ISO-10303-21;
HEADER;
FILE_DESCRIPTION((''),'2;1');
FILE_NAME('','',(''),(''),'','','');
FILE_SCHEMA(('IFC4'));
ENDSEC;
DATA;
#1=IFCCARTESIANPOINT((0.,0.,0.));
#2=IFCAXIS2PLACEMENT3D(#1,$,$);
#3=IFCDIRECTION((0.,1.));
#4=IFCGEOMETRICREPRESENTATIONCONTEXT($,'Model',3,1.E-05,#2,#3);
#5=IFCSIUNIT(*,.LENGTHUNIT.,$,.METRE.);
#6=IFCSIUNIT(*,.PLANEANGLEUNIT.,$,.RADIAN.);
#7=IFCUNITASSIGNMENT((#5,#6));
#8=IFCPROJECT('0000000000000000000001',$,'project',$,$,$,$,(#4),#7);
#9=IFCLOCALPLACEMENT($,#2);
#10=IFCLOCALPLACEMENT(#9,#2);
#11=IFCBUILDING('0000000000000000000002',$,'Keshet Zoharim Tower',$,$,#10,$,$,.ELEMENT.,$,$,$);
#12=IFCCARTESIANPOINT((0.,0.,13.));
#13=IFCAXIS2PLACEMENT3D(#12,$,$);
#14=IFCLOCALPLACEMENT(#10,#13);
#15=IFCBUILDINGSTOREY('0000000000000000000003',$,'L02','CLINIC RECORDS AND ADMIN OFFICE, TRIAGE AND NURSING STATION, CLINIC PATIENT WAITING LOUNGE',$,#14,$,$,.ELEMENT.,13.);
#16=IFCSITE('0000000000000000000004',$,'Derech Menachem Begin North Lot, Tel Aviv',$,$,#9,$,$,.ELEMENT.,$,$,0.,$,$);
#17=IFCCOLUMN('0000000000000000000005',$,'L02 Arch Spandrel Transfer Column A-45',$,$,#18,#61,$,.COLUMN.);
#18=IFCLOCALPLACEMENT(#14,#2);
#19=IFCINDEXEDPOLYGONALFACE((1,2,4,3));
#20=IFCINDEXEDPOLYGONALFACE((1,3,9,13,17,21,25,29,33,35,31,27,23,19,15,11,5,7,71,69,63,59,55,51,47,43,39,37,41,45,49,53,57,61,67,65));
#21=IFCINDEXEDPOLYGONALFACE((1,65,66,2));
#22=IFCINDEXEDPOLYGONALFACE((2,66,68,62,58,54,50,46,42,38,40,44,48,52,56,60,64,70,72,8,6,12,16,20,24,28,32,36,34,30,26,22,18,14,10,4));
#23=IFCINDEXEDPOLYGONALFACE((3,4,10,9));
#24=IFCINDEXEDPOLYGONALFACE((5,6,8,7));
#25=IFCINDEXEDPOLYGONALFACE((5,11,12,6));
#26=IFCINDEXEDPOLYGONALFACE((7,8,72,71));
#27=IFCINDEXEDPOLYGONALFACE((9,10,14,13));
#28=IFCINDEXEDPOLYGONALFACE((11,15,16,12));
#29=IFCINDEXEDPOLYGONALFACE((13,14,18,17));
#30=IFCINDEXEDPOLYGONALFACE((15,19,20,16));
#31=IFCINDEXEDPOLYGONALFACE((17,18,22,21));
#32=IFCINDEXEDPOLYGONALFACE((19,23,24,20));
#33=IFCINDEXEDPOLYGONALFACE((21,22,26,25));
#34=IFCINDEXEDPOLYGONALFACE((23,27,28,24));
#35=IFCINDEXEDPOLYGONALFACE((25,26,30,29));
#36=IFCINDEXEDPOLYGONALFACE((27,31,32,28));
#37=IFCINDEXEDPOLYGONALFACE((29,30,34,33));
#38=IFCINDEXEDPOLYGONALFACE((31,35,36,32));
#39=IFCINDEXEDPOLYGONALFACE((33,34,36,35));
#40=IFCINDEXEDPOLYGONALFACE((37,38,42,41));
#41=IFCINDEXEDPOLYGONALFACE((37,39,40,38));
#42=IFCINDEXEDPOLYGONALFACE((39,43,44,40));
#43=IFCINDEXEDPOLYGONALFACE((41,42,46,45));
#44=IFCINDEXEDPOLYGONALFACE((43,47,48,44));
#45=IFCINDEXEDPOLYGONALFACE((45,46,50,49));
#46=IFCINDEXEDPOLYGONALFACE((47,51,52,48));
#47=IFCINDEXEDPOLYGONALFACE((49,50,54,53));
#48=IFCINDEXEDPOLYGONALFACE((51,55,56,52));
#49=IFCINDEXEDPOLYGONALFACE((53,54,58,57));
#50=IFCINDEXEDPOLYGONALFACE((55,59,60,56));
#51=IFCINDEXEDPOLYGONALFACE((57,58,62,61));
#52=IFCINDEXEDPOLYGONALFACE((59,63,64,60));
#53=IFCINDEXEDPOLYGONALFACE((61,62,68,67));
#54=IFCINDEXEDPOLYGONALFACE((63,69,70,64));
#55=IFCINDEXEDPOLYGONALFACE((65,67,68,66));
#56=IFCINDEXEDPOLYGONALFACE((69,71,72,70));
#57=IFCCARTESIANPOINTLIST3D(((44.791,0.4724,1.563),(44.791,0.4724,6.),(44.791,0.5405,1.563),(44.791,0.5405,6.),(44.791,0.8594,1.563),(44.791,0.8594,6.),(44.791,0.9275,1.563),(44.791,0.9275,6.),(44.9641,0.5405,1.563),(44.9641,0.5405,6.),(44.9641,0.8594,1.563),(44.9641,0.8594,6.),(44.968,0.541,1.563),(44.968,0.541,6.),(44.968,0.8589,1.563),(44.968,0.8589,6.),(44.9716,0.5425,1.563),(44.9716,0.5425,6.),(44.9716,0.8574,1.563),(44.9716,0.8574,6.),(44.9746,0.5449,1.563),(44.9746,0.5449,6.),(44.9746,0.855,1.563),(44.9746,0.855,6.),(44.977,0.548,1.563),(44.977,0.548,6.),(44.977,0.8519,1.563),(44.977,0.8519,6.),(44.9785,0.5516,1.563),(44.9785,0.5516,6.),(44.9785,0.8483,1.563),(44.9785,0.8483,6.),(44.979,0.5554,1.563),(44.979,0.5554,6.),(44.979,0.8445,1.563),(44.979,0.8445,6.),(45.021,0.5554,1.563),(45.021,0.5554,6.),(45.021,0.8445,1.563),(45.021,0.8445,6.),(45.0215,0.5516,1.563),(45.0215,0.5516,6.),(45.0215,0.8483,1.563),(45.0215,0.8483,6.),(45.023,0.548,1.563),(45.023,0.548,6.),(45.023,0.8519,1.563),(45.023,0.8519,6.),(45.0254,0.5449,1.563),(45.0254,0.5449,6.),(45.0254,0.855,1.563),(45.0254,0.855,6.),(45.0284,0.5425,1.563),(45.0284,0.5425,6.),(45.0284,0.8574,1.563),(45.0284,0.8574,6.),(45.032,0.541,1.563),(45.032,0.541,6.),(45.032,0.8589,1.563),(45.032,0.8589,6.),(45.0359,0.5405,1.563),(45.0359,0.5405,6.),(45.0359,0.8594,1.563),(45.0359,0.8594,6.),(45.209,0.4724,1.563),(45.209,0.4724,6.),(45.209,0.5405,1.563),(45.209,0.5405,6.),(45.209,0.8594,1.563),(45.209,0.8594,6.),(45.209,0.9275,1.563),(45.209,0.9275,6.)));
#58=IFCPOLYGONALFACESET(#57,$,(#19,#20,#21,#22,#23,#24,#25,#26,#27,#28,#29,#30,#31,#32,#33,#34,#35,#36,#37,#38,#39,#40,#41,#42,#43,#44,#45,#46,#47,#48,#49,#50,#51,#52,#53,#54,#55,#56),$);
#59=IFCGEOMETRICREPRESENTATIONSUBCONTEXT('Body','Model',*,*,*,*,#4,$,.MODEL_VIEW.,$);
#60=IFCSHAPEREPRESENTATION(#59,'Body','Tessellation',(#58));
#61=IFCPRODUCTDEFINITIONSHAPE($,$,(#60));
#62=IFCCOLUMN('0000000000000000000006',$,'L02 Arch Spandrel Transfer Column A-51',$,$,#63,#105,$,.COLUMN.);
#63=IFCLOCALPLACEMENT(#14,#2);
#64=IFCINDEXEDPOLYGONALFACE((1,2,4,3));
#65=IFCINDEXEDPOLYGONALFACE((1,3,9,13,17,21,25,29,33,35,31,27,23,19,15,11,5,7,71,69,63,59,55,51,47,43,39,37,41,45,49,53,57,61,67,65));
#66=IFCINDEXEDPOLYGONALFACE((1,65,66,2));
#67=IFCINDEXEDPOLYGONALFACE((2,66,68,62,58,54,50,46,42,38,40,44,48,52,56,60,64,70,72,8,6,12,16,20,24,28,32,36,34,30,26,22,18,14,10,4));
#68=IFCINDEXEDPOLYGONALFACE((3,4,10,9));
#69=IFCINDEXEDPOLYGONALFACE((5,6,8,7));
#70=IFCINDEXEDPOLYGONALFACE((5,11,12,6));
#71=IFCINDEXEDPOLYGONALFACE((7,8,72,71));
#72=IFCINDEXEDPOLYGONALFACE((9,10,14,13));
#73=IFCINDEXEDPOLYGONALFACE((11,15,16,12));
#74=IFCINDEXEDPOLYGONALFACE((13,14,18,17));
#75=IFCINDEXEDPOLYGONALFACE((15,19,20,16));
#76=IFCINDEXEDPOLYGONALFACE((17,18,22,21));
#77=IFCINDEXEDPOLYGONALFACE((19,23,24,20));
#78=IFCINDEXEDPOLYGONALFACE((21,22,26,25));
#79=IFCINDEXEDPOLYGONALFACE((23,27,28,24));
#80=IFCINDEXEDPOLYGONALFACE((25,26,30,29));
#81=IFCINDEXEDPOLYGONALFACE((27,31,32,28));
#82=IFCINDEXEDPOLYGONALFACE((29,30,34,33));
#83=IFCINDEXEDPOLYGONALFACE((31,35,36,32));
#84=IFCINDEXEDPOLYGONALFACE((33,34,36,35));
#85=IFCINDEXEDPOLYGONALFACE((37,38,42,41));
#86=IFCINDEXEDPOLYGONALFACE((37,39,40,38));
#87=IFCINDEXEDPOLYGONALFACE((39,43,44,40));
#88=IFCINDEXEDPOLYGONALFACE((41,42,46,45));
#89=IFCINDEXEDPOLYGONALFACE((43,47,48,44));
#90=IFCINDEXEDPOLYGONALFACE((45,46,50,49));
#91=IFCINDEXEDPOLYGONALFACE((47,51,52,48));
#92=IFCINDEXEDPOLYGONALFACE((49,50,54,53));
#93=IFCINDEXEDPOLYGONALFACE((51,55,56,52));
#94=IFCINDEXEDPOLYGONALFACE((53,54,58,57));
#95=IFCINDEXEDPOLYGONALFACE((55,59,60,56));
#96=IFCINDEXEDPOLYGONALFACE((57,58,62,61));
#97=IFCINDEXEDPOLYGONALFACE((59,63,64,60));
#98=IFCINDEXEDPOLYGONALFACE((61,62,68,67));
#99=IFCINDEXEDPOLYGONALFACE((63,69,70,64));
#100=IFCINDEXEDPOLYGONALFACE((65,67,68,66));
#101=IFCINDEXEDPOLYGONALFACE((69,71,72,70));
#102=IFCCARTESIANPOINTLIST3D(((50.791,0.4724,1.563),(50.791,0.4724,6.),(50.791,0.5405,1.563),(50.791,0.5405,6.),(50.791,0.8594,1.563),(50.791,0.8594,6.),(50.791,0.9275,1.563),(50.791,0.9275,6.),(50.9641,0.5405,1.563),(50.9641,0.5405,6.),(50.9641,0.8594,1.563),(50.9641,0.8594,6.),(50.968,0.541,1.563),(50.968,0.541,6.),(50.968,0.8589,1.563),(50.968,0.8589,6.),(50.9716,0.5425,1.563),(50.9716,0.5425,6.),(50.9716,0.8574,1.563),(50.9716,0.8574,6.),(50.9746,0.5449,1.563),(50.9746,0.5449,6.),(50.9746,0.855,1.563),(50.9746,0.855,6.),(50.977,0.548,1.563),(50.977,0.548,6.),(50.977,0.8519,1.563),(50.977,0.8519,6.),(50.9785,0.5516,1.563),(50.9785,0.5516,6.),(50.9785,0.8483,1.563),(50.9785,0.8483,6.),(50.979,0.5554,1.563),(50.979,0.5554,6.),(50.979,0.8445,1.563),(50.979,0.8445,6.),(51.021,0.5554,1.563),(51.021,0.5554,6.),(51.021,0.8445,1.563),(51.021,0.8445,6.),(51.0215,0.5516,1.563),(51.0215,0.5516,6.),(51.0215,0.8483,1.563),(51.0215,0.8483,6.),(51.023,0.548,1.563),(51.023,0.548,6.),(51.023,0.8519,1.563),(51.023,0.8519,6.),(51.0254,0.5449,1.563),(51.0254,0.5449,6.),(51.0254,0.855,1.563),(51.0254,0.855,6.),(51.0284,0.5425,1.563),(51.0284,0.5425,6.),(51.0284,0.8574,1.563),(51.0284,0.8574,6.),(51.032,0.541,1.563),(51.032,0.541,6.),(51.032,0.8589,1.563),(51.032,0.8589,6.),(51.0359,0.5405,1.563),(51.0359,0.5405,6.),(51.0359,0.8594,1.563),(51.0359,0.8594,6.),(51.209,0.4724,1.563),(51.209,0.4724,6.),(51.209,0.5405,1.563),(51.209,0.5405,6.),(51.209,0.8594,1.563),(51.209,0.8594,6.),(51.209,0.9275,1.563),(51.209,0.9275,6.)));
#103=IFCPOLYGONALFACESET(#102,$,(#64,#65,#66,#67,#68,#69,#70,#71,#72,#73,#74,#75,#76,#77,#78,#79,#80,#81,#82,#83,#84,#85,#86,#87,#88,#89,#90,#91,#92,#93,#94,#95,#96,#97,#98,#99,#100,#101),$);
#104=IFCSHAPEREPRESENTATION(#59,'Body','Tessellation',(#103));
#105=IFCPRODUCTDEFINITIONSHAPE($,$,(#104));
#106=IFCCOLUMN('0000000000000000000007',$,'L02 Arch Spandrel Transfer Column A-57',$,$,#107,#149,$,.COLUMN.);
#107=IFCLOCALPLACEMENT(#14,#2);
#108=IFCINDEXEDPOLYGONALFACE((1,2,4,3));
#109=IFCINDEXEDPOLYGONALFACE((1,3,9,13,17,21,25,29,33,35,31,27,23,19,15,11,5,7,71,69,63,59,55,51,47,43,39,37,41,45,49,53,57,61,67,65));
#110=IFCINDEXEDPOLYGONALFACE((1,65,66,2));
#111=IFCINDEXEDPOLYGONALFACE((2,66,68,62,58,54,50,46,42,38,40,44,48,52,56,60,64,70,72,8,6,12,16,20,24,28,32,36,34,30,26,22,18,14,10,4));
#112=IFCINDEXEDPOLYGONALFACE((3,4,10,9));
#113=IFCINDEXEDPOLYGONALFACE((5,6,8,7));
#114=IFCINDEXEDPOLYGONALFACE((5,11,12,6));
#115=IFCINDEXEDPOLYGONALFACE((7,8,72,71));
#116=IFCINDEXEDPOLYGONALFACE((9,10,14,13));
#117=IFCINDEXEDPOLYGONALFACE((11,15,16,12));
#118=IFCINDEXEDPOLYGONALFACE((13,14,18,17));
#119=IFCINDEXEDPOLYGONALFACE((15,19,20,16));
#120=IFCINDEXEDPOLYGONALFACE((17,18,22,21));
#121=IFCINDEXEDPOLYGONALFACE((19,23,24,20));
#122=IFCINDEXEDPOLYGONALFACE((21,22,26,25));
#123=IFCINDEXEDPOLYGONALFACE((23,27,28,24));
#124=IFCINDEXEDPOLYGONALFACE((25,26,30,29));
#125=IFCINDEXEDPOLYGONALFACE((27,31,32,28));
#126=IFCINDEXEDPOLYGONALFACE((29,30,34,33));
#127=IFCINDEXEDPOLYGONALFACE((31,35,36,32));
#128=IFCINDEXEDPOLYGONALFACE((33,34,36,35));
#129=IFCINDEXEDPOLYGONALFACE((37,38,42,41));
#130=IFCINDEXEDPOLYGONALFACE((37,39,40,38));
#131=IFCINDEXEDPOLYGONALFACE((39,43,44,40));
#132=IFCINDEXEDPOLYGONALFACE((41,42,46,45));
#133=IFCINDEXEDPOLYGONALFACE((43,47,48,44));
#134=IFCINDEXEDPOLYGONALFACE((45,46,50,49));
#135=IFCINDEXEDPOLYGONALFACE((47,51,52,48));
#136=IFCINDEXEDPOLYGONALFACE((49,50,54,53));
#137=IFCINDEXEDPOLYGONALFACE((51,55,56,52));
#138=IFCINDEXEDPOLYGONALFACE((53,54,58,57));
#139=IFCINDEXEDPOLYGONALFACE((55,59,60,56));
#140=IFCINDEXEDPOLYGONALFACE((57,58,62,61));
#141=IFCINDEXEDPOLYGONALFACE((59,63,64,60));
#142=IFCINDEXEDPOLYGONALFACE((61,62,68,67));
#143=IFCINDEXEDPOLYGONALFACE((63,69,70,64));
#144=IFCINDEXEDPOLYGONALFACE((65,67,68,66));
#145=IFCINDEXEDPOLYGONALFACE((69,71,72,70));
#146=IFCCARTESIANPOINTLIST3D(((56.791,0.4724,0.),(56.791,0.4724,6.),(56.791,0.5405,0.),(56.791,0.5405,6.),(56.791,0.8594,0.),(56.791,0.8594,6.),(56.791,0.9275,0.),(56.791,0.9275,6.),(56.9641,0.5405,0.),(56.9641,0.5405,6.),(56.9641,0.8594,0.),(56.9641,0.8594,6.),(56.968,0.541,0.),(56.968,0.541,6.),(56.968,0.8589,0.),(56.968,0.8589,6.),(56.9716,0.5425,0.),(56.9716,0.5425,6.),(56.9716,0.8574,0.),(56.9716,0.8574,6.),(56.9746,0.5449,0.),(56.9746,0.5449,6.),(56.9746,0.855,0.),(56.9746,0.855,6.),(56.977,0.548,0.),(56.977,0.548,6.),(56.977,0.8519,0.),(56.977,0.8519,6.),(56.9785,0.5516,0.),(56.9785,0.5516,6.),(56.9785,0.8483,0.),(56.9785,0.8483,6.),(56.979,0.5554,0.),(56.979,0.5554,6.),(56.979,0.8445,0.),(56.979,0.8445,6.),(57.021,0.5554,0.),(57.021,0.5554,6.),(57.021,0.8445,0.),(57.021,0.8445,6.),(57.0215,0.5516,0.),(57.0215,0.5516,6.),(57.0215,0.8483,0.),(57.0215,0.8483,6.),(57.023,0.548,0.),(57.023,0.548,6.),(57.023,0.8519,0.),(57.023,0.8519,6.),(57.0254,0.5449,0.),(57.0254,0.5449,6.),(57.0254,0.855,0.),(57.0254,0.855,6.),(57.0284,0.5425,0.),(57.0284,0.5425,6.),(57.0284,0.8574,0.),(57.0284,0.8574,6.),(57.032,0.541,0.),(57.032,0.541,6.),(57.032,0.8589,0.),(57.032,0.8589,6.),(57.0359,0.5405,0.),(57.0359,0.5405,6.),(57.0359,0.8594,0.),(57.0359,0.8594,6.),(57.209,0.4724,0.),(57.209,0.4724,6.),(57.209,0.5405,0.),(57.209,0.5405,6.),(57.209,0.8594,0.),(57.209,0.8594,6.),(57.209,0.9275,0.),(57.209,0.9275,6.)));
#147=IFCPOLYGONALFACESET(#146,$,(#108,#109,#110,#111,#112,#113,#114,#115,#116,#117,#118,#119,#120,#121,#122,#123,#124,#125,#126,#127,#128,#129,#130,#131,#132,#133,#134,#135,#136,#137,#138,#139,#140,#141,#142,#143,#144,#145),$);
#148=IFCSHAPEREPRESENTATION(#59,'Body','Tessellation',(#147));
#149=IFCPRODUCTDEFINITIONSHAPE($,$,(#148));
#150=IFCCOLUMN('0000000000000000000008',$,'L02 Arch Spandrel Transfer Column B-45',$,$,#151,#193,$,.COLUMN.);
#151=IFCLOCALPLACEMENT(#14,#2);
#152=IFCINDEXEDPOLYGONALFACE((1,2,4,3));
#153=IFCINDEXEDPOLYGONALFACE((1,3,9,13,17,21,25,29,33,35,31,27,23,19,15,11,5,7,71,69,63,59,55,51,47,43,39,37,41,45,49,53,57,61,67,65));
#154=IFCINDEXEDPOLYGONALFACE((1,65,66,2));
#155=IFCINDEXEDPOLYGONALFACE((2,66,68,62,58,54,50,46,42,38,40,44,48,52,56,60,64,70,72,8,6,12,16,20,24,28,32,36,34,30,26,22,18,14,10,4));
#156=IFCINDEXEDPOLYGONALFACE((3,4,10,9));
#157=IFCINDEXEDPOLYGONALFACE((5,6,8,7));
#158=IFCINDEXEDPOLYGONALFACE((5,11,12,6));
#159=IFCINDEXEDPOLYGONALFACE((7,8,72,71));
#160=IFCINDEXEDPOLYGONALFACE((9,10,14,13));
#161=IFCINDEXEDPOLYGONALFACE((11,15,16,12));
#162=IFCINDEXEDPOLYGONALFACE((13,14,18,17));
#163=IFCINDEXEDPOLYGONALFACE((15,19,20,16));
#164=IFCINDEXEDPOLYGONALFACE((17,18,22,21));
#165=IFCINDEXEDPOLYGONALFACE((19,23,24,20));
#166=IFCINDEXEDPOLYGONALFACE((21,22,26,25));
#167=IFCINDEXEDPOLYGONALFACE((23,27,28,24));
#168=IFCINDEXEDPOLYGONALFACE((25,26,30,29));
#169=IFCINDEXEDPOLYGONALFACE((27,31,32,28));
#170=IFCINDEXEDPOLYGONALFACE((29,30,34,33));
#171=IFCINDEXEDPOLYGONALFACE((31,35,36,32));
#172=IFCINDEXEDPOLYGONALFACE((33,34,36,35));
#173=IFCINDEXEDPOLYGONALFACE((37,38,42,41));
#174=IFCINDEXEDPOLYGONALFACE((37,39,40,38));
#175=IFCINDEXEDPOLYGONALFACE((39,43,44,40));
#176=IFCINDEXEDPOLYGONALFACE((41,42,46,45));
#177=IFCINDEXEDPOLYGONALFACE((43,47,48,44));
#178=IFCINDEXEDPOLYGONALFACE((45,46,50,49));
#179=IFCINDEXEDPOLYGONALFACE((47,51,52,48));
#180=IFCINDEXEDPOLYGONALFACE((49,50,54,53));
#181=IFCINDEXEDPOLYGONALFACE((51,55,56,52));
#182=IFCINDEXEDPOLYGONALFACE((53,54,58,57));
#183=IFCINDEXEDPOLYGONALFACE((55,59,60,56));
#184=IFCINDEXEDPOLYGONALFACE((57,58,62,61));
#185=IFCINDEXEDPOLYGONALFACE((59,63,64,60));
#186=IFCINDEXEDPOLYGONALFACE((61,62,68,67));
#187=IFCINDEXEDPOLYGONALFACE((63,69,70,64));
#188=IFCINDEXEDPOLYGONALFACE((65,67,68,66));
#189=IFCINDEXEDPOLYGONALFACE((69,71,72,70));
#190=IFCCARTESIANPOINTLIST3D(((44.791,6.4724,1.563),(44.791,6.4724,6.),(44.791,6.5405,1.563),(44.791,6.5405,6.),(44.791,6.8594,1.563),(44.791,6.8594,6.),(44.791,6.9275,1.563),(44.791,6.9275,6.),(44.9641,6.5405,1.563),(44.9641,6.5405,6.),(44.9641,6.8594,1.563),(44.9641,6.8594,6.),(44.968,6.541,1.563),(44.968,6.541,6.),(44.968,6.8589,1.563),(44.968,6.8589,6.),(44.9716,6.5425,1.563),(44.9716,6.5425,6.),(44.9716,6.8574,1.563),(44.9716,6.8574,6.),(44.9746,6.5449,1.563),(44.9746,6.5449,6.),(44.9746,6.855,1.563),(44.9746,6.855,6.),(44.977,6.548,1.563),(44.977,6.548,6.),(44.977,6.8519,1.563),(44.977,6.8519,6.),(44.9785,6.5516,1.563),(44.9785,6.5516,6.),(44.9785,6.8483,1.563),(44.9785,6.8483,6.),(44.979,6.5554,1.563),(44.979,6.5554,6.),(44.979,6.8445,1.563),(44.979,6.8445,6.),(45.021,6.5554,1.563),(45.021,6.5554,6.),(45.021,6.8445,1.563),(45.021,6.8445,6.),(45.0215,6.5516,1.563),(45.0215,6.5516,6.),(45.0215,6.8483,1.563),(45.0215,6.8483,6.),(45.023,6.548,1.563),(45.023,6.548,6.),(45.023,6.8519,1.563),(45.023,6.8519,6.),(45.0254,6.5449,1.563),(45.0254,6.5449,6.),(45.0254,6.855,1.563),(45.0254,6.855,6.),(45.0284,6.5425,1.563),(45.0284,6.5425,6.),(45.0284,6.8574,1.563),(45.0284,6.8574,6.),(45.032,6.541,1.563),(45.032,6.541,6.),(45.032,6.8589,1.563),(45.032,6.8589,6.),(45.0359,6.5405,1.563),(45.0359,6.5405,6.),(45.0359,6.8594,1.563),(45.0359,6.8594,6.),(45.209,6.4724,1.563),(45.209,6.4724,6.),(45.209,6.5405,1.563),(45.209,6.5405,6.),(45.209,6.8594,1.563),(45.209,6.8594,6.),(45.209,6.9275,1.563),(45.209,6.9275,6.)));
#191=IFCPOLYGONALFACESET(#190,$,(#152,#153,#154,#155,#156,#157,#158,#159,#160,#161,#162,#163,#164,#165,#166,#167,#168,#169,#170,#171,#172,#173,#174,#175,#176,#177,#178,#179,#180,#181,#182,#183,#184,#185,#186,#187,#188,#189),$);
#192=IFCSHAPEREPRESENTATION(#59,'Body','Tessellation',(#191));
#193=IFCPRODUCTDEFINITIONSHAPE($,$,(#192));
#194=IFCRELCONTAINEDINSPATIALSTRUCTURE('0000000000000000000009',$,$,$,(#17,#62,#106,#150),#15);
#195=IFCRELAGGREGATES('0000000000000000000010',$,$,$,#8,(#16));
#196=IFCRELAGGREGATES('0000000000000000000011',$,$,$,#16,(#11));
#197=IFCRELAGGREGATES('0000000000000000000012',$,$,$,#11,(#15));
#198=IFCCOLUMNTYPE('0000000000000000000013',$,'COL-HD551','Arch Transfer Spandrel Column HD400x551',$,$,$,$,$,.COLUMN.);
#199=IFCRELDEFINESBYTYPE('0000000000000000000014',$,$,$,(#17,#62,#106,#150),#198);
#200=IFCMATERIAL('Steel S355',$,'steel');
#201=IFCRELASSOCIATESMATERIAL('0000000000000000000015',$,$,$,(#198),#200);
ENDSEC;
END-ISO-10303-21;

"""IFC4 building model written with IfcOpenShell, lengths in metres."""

from ifc_helpers import new_model, si_unit, direction, frame, origin, origin_2d, place, context, subcontext, project, spatial, i_section, extrude, material, material_profile, profile_set, type_object, element, save


model = new_model("IFC4")

# Units and contexts
model_context = context("Model", 3, precision=1e-05, world=origin(), true_north=direction((0.0, 1.0)))
body_context = subcontext(model_context, "Body", "Model", "MODEL_VIEW")
ifc_project = project(units=[si_unit("LENGTHUNIT", "METRE"), si_unit("PLANEANGLEUNIT", "RADIAN")], contexts=[model_context])

# Site, building, storey
site_placement = place(None, origin())
site = spatial("IfcSite", under=ifc_project, at=site_placement, Name="Derech Menachem Begin North Lot, Tel Aviv", CompositionType="ELEMENT", RefElevation=0.0)
building_placement = place(site_placement, origin())
building = spatial("IfcBuilding", under=site, at=building_placement, Name="Keshet Zoharim Tower", CompositionType="ELEMENT")
storey_placement = place(building_placement, frame((0.0, 0.0, 13.0)))
storey = spatial("IfcBuildingStorey", under=building, at=storey_placement, Name="L02", Description="CLINIC RECORDS AND ADMIN OFFICE, TRIAGE AND NURSING STATION, CLINIC PATIENT WAITING LOUNGE", CompositionType="ELEMENT", Elevation=13.0)

# Columns
ifc_material_1 = material(Name="Steel S355", Category="steel")
ifc_material_profile_1 = material_profile(ifc_material_1, i_section(OverallWidth=0.418, OverallDepth=0.4551, WebThickness=0.042, FlangeThickness=0.0681, FilletRadius=0.0149, at=origin_2d()), Name="HD400x551")
ifc_profile_set_1 = profile_set([ifc_material_profile_1], Name="Steel S355")
column_type = type_object("IfcColumnType", Name="COL-HD551", Description="Arch Transfer Spandrel Column HD400x551", PredefinedType="COLUMN", material=ifc_profile_set_1)
for number, where, z_axis, x_axis, name in (
    (1, (45.0, 0.7, 1.563), (0.0, 0.0, 1.0), (1.0, 0.0, 0.0), "L02 Arch Spandrel Transfer Column A-45"),
    (2, (51.0, 0.7, 1.563), (0.0, 0.0, 1.0), (1.0, 0.0, 0.0), "L02 Arch Spandrel Transfer Column A-51"),
):
    element("IfcColumn", number, at=place(storey_placement, frame(where, z_axis=z_axis, x_axis=x_axis)), inside=storey, type_object=column_type, Name=name, PredefinedType="COLUMN", context=body_context, shape_type="SweptSolid", body=[
        extrude(i_section(OverallWidth=0.418, OverallDepth=0.4551, WebThickness=0.042, FlangeThickness=0.0681, FilletRadius=0.0149, at=origin_2d()), origin(), (0.0, 0.0, 1.0), 4.437),
    ])
column_placement = place(storey_placement, frame((57.0, 0.7, 0.0), z_axis=(0.0, 0.0, 1.0), x_axis=(1.0, 0.0, 0.0)))
element("IfcColumn", 3, at=column_placement, inside=storey, type_object=column_type, Name="L02 Arch Spandrel Transfer Column A-57", PredefinedType="COLUMN", context=body_context, shape_type="SweptSolid", body=[
    extrude(i_section(OverallWidth=0.418, OverallDepth=0.4551, WebThickness=0.042, FlangeThickness=0.0681, FilletRadius=0.0149, at=origin_2d()), origin(), (0.0, 0.0, 1.0), 6.0),
])
for number, where, z_axis, x_axis, name in (
    (4, (45.0, 6.7, 1.563), (0.0, 0.0, 1.0), (1.0, 0.0, 0.0), "L02 Arch Spandrel Transfer Column B-45"),
):
    element("IfcColumn", number, at=place(storey_placement, frame(where, z_axis=z_axis, x_axis=x_axis)), inside=storey, type_object=column_type, Name=name, PredefinedType="COLUMN", context=body_context, shape_type="SweptSolid", body=[
        extrude(i_section(OverallWidth=0.418, OverallDepth=0.4551, WebThickness=0.042, FlangeThickness=0.0681, FilletRadius=0.0149, at=origin_2d()), origin(), (0.0, 0.0, 1.0), 4.437),
    ])

save(model, "model.ifc")
